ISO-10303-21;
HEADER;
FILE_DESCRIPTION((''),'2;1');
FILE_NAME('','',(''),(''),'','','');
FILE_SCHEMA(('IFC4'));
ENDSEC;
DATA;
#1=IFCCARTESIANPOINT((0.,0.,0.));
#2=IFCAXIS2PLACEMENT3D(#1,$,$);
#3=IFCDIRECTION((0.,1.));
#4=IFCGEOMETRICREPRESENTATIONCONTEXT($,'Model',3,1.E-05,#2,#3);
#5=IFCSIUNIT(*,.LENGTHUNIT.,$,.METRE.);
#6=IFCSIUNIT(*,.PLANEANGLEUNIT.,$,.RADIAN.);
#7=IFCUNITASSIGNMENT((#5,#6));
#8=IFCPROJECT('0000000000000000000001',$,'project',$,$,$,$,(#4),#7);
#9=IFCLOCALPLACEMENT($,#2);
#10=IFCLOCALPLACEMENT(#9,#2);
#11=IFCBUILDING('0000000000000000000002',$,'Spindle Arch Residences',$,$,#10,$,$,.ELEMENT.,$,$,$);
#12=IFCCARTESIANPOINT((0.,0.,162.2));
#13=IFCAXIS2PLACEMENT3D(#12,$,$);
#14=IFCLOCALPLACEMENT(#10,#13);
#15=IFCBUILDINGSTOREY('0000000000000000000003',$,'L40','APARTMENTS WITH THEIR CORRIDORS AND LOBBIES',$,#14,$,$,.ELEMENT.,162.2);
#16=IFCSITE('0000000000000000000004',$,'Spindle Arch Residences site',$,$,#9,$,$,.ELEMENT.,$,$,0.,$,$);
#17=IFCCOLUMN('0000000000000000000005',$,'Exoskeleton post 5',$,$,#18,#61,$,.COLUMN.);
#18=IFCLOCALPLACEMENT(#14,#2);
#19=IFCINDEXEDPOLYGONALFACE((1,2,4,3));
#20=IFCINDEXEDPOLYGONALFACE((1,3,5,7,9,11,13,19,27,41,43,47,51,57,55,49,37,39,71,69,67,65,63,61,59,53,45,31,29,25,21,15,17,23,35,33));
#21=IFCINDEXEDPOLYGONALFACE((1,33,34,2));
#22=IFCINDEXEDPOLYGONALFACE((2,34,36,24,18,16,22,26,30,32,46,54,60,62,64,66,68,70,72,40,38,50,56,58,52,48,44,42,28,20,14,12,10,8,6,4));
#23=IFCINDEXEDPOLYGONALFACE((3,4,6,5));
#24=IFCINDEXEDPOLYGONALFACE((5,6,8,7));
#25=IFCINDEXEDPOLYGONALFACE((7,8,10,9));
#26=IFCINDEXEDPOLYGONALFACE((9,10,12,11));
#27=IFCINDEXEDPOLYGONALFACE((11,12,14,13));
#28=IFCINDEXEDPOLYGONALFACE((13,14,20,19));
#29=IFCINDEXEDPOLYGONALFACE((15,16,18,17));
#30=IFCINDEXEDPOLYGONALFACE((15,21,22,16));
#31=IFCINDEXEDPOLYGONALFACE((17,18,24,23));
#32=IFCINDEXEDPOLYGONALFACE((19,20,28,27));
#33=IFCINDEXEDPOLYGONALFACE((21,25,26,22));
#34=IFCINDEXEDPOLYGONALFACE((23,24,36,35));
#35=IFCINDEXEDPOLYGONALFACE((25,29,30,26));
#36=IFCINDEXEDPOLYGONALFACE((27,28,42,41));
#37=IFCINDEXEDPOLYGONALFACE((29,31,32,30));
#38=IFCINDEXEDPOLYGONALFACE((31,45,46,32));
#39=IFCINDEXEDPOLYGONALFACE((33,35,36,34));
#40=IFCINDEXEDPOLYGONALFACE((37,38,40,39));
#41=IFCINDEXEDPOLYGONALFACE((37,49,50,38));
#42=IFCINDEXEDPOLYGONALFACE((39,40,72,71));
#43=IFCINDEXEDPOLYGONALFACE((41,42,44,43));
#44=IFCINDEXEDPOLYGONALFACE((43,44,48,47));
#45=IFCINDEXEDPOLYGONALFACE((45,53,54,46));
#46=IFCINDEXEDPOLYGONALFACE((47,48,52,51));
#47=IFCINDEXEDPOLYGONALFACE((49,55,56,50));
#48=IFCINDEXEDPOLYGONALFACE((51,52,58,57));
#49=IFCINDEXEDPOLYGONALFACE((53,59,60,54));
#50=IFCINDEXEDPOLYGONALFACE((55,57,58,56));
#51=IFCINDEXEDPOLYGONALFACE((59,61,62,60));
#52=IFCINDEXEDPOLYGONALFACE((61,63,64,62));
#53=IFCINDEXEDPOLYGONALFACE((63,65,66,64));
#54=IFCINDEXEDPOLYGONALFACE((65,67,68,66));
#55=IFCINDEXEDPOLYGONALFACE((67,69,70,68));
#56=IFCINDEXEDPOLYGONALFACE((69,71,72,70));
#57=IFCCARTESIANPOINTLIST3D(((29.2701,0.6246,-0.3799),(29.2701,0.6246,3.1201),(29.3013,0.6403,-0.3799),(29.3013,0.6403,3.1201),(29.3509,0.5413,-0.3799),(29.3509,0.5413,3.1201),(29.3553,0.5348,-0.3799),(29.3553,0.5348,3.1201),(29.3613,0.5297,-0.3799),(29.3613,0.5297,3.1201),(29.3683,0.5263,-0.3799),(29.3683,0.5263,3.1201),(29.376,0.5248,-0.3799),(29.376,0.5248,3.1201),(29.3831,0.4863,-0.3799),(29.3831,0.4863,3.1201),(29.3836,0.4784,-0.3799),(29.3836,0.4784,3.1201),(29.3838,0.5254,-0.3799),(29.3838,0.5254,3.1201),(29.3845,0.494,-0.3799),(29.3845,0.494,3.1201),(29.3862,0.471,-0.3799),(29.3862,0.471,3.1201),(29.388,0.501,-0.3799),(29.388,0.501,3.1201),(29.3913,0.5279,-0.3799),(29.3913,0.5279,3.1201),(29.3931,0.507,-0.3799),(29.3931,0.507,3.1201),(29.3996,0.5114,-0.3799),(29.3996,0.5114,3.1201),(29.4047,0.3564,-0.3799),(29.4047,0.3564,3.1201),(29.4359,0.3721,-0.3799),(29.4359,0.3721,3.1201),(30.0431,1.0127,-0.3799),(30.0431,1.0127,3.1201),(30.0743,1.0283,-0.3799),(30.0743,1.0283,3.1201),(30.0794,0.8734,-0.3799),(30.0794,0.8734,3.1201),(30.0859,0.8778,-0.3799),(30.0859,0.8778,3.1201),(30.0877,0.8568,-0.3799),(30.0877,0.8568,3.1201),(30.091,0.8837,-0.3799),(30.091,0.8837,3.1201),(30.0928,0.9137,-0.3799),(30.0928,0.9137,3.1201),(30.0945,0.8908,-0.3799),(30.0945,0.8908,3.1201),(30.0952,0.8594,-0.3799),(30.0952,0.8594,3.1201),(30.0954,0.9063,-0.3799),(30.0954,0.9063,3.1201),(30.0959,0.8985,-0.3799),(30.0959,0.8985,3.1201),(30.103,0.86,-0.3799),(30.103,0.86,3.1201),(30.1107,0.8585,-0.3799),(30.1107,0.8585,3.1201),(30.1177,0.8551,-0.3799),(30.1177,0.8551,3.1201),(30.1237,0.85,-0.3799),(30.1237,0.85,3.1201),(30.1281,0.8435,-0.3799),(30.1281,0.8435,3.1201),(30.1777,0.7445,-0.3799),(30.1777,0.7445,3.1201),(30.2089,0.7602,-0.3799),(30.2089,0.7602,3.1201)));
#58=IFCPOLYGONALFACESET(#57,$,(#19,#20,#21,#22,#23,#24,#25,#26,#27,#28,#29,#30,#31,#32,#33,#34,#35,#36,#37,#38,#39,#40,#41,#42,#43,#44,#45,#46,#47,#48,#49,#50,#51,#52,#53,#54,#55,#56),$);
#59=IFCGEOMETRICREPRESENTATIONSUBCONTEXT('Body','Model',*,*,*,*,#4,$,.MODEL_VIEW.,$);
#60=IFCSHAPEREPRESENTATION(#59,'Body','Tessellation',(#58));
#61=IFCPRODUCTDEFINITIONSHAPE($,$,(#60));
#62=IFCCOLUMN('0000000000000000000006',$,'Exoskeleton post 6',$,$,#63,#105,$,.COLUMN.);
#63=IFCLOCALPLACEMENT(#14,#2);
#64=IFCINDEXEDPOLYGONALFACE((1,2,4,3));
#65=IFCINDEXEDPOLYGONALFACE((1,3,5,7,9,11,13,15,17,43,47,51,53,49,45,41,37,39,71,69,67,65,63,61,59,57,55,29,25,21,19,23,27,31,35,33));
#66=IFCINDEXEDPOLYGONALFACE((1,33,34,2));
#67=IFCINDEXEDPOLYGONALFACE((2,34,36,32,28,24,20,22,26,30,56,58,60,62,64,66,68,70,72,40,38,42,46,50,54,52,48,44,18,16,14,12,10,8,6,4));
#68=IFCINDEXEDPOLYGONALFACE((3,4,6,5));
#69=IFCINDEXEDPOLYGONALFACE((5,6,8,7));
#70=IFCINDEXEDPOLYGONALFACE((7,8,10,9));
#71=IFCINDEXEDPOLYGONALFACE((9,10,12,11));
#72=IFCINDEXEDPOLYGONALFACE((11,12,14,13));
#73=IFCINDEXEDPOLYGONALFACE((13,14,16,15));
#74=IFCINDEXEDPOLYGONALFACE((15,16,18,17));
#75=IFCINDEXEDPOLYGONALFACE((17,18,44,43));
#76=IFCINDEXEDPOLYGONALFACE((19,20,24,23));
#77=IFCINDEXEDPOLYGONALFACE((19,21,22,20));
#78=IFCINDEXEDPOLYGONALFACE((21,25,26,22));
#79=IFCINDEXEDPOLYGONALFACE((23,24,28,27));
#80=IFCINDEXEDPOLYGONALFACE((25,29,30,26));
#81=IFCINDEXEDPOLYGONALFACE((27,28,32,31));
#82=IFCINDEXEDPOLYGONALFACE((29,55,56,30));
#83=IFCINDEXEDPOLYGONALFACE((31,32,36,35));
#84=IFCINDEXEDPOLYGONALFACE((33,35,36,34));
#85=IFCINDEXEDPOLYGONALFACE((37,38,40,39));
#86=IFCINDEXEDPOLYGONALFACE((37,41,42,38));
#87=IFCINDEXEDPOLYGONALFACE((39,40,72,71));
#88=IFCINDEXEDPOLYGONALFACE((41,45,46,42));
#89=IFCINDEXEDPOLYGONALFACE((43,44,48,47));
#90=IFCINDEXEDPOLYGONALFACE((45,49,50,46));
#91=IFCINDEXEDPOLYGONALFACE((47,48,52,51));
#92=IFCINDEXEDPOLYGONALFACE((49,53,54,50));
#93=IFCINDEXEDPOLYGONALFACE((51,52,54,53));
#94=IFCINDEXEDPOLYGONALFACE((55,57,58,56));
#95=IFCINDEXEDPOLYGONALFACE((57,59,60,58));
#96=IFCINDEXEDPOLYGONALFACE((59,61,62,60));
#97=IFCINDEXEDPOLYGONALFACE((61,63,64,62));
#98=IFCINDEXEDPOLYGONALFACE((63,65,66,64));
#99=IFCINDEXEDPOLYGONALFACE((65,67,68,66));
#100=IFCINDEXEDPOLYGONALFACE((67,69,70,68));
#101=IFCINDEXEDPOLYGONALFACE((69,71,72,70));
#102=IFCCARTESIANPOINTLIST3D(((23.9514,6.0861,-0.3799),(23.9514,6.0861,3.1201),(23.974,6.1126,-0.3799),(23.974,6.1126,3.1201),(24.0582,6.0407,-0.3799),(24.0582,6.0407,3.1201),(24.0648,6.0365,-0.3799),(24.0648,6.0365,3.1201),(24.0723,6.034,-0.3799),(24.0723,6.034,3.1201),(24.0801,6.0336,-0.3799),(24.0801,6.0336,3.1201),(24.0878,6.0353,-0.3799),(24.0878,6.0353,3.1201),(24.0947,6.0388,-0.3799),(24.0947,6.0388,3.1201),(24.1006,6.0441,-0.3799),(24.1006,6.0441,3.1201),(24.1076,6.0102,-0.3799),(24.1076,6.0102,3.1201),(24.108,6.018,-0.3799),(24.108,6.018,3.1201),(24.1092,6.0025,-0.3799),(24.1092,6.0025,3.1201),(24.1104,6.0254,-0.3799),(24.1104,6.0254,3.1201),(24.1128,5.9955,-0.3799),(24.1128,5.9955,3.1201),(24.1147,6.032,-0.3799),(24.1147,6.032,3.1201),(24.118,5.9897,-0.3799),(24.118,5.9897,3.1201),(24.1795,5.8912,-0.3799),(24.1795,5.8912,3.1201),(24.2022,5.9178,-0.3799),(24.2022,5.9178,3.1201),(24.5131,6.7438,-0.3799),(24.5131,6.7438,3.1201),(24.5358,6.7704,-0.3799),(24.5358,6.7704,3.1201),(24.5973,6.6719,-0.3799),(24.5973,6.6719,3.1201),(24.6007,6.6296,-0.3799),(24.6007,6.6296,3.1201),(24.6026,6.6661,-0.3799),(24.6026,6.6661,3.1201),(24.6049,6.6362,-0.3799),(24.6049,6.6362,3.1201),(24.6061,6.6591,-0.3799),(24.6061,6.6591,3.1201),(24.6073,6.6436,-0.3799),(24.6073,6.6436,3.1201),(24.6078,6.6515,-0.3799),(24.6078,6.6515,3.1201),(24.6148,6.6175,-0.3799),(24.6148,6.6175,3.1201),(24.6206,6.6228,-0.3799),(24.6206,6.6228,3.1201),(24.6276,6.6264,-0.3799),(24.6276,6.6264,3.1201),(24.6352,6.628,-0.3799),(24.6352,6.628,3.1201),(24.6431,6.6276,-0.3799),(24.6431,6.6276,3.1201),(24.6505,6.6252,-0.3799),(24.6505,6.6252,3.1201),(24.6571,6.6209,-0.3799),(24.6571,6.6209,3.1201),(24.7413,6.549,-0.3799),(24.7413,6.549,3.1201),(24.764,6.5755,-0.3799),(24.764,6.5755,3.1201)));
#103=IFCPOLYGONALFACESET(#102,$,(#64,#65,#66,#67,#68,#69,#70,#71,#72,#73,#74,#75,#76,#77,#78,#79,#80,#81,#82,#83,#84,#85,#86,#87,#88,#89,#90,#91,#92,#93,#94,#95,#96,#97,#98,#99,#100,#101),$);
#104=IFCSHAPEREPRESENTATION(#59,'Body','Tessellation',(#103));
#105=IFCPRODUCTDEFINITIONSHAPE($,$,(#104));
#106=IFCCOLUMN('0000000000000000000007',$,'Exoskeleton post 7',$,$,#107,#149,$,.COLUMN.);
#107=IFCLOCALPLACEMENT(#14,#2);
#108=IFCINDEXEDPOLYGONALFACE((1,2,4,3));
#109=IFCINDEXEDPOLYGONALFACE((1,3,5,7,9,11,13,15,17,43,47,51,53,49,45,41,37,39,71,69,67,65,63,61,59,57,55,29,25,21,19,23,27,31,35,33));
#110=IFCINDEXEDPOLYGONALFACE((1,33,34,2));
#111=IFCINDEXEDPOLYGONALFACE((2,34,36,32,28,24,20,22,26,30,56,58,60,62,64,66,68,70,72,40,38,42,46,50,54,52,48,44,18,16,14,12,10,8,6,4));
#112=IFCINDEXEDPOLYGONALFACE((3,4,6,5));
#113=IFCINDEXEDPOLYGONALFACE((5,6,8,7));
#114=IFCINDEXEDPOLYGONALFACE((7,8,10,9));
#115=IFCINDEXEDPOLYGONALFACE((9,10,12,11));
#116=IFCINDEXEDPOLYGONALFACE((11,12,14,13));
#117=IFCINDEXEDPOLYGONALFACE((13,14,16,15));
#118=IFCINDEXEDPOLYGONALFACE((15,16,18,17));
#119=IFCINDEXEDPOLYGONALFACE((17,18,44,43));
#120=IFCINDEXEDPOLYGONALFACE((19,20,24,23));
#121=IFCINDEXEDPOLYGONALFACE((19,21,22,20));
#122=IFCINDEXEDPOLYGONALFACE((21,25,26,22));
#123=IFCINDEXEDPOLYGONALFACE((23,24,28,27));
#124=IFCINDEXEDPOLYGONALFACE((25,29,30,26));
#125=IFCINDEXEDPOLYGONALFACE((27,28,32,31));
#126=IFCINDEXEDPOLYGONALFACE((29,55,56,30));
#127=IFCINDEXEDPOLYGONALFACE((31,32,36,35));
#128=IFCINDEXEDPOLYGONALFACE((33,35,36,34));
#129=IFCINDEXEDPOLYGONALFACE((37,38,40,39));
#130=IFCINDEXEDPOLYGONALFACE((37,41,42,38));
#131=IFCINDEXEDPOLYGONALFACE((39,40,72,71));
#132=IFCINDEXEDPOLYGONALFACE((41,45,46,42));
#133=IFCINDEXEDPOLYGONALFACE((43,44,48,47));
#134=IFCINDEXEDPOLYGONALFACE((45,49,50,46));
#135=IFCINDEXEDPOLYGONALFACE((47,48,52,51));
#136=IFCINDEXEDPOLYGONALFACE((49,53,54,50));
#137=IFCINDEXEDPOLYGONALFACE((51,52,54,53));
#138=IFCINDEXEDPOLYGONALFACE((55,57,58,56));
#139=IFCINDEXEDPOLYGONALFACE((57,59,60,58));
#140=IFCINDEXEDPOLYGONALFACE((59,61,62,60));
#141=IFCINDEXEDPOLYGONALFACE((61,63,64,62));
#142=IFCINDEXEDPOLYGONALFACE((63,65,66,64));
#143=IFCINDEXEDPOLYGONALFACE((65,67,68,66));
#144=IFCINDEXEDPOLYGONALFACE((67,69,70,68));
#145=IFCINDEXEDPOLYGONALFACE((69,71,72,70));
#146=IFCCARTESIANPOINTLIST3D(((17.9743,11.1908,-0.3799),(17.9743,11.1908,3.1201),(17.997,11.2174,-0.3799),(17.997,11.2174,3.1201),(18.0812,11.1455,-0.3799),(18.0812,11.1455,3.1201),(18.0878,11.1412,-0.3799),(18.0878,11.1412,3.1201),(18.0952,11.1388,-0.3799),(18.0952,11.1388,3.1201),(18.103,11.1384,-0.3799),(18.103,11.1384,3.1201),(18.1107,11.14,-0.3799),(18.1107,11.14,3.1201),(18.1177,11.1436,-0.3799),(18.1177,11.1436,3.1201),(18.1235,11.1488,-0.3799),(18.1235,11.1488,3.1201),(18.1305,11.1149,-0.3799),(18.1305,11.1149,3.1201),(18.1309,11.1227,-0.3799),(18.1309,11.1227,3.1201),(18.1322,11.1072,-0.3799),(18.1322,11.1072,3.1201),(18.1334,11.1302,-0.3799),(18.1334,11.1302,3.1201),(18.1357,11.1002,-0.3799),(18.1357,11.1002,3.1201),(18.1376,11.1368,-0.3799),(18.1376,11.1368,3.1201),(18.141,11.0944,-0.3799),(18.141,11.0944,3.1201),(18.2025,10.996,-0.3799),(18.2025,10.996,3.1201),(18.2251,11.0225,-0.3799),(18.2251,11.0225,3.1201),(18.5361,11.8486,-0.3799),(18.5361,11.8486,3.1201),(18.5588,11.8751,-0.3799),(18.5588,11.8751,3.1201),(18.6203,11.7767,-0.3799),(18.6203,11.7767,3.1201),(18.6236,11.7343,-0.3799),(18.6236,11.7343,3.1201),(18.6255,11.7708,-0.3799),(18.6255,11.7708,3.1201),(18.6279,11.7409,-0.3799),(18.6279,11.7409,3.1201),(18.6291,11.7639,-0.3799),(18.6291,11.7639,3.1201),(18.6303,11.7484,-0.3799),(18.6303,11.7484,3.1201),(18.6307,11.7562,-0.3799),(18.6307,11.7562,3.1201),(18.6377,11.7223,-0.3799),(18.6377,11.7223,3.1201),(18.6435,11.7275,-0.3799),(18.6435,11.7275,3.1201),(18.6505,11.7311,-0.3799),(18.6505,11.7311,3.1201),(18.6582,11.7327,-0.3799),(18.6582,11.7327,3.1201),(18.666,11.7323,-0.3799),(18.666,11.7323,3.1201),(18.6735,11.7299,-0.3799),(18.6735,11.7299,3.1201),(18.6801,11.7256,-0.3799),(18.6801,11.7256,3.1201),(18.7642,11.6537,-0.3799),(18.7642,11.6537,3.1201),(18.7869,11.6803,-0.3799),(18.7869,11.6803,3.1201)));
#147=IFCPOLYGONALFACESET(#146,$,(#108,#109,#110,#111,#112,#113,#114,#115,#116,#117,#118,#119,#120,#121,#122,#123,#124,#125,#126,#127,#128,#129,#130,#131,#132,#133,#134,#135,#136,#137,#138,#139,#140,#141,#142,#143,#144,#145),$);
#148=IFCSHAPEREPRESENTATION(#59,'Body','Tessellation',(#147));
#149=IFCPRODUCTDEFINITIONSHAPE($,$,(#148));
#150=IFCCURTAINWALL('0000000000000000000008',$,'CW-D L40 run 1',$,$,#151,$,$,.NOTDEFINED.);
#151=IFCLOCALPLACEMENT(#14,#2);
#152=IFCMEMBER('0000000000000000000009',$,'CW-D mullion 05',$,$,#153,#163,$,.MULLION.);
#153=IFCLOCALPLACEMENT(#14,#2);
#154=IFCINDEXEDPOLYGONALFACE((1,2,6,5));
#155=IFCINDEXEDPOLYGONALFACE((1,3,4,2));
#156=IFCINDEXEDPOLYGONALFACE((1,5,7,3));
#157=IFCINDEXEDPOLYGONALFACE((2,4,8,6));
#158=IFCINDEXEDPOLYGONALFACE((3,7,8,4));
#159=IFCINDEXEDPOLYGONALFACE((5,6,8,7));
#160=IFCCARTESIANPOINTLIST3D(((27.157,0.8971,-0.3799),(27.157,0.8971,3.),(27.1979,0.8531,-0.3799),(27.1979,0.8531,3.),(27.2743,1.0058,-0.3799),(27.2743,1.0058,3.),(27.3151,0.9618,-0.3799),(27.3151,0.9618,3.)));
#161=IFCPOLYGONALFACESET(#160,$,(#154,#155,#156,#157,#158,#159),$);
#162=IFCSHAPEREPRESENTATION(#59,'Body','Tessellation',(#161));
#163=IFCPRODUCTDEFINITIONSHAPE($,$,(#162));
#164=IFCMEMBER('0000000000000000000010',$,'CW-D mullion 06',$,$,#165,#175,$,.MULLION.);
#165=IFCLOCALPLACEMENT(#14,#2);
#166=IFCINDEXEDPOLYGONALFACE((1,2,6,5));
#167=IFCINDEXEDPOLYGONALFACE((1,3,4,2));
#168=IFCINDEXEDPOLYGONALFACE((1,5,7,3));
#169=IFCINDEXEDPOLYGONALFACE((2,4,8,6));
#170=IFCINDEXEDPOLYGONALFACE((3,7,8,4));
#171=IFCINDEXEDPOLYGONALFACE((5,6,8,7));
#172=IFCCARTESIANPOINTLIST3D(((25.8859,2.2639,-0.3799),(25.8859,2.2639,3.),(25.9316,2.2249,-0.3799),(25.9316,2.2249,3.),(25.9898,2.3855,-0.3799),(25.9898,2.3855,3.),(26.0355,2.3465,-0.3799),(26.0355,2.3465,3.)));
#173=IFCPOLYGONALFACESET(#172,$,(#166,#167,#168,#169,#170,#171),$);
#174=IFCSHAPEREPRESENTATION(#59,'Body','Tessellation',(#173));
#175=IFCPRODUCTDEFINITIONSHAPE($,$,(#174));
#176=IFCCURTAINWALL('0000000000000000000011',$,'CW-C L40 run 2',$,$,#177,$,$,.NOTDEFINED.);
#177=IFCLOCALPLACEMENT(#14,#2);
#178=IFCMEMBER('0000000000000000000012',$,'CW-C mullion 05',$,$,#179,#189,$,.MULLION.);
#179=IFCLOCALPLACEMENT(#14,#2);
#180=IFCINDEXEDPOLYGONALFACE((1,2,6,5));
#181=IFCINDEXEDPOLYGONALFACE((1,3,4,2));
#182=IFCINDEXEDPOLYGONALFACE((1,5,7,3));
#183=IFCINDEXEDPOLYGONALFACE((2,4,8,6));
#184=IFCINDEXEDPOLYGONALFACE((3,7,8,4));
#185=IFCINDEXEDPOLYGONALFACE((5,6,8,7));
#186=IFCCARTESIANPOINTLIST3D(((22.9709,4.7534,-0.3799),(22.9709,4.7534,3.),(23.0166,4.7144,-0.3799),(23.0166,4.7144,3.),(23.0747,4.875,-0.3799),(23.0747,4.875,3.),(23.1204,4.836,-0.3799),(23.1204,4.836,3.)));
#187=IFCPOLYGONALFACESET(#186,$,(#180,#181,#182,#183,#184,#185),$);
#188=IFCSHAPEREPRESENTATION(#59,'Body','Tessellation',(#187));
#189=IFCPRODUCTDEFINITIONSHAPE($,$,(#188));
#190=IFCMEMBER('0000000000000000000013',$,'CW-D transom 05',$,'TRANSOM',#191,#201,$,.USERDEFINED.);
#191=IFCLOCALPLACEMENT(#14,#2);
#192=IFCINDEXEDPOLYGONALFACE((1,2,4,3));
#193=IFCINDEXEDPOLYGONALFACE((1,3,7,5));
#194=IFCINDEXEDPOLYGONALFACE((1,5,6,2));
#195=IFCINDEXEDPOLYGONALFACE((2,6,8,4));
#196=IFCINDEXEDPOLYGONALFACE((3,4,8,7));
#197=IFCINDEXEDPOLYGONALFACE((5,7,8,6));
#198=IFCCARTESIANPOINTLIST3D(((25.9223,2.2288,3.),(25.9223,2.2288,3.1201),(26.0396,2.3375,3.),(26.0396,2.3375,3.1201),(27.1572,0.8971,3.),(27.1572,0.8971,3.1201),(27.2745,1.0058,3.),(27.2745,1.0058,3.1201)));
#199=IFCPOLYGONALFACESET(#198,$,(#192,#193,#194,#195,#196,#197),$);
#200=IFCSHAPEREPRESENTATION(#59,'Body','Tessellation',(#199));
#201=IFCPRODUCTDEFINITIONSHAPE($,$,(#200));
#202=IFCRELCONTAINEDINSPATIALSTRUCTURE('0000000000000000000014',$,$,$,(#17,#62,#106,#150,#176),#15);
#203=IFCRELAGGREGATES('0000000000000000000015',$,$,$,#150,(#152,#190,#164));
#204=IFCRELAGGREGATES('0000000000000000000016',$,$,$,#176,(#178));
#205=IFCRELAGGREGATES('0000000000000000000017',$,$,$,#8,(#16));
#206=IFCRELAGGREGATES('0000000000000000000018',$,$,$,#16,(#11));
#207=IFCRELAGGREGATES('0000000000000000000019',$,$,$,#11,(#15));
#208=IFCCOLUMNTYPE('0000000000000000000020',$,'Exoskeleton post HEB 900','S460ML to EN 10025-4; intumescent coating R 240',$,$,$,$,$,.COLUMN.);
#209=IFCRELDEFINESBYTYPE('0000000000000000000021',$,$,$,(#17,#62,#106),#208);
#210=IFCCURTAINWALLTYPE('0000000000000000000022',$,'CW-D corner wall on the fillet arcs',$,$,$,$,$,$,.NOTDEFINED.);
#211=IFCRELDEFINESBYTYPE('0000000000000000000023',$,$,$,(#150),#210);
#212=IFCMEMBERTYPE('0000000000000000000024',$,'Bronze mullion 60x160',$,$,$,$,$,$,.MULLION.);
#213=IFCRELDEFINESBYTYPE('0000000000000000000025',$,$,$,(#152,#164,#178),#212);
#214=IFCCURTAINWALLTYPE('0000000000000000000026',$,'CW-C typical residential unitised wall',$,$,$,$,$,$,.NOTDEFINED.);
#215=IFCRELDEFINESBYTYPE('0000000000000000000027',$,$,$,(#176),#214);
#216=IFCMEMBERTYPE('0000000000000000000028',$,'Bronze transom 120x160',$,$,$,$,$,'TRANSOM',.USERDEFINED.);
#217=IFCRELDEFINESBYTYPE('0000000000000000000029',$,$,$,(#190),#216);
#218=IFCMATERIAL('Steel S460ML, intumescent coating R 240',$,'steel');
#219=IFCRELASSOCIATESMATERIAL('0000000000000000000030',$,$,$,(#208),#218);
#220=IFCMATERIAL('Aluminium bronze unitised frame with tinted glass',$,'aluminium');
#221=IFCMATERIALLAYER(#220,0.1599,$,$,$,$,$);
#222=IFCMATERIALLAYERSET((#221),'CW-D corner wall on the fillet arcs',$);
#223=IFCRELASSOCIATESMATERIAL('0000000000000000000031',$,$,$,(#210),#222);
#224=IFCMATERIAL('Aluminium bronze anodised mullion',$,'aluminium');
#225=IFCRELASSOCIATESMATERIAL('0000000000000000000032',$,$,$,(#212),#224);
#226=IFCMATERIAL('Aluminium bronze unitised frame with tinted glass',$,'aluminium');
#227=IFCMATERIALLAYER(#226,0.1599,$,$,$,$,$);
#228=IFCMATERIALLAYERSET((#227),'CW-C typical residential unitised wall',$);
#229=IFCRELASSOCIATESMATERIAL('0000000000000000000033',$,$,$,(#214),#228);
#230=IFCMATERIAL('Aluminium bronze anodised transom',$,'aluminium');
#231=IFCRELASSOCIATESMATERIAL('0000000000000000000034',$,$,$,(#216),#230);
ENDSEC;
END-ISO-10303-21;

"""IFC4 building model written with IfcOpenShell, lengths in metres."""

from ifc_helpers import new_model, si_unit, direction, frame, origin, origin_2d, place, context, subcontext, project, spatial, rectangle, i_section, extrude, material, layer, layer_set, material_profile, profile_set, type_object, element, aggregate, save


model = new_model("IFC4")

# Units and contexts
model_context = context("Model", 3, precision=1e-05, world=origin(), true_north=direction((0.0, 1.0)))
body_context = subcontext(model_context, "Body", "Model", "MODEL_VIEW")
ifc_project = project(units=[si_unit("LENGTHUNIT", "METRE"), si_unit("PLANEANGLEUNIT", "RADIAN")], contexts=[model_context])

# Site, building, storey
site_placement = place(None, origin())
site = spatial("IfcSite", under=ifc_project, at=site_placement, Name="Spindle Arch Residences site", CompositionType="ELEMENT", RefElevation=0.0)
building_placement = place(site_placement, origin())
building = spatial("IfcBuilding", under=site, at=building_placement, Name="Spindle Arch Residences", CompositionType="ELEMENT")
storey_placement = place(building_placement, frame((0.0, 0.0, 162.2)))
storey = spatial("IfcBuildingStorey", under=building, at=storey_placement, Name="L40", Description="APARTMENTS WITH THEIR CORRIDORS AND LOBBIES", CompositionType="ELEMENT", Elevation=162.2)

# Columns
ifc_material_1 = material(Name="Steel S460ML, intumescent coating R 240", Category="steel")
ifc_material_profile_1 = material_profile(ifc_material_1, i_section(OverallWidth=0.3, OverallDepth=0.8999, WebThickness=0.0186, FlangeThickness=0.0349, FilletRadius=0.03, at=origin_2d()), Name="HEB 900")
ifc_profile_set_1 = profile_set([ifc_material_profile_1], Name="Steel S460ML, intumescent coating R 240")
column_type = type_object("IfcColumnType", Name="Exoskeleton post HEB 900", Description="S460ML to EN 10025-4; intumescent coating R 240", PredefinedType="COLUMN", material=ifc_profile_set_1)
for number, where, z_axis, x_axis, name in (
    (1, (29.7395, 0.6924, -0.3799), (0.0, 0.0, 1.0), (0.448657, -0.893704, 0.0), "Exoskeleton post 5"),
    (2, (24.3577, 6.3308, -0.3799), (0.0, 0.0, 1.0), (0.760406, -0.649448, 0.0), "Exoskeleton post 6"),
    (3, (18.3806, 11.4355, -0.3799), (0.0, 0.0, 1.0), (0.760406, -0.649448, 0.0), "Exoskeleton post 7"),
):
    element("IfcColumn", number, at=place(storey_placement, frame(where, z_axis=z_axis, x_axis=x_axis)), inside=storey, type_object=column_type, Name=name, PredefinedType="COLUMN", context=body_context, shape_type="SweptSolid", body=[
        extrude(i_section(OverallWidth=0.3, OverallDepth=0.8999, WebThickness=0.0186, FlangeThickness=0.0349, FilletRadius=0.03, at=origin_2d()), origin(), (0.0, 0.0, 1.0), 3.5),
    ])

# Curtain wall, members
ifc_material_2 = material(Name="Aluminium bronze unitised frame with tinted glass", Category="aluminium")
ifc_layer_1 = layer(ifc_material_2, 0.1599)
ifc_layer_set_1 = layer_set([ifc_layer_1], Name="CW-D corner wall on the fillet arcs")
curtain_wall_type_1 = type_object("IfcCurtainWallType", Name="CW-D corner wall on the fillet arcs", PredefinedType="NOTDEFINED", material=ifc_layer_set_1)
curtain_wall_1_placement = place(storey_placement, origin())
curtain_wall_1 = element("IfcCurtainWall", 4, at=curtain_wall_1_placement, inside=storey, type_object=curtain_wall_type_1, Name="CW-D L40 run 1", PredefinedType="NOTDEFINED")
ifc_material_3 = material(Name="Aluminium bronze anodised mullion", Category="aluminium")
ifc_material_profile_2 = material_profile(ifc_material_3, rectangle(XDim=0.1599, YDim=0.0601, at=origin_2d()), Name="MU 60x160")
ifc_profile_set_2 = profile_set([ifc_material_profile_2], Name="Aluminium bronze anodised mullion")
member_type_1 = type_object("IfcMemberType", Name="Bronze mullion 60x160", PredefinedType="MULLION", material=ifc_profile_set_2)
member_1_placement = place(storey_placement, frame((27.2361, 0.9294, -0.3799), z_axis=(0.0, 0.0, 1.0), x_axis=(-0.733334, -0.679868, 0.0)))
member_1 = element("IfcMember", 5, at=member_1_placement, type_object=member_type_1, Name="CW-D mullion 05", PredefinedType="MULLION", context=body_context, shape_type="SweptSolid", body=[
    extrude(rectangle(XDim=0.1599, YDim=0.0601, at=origin_2d()), origin(), (0.0, 0.0, 1.0), 3.3799),
])
member_2_placement = place(storey_placement, frame((25.9607, 2.3052, -0.3799), z_axis=(0.0, 0.0, 1.0), x_axis=(-0.649448, -0.760406, 0.0)))
member_2 = element("IfcMember", 6, at=member_2_placement, type_object=member_type_1, Name="CW-D mullion 06", PredefinedType="MULLION", context=body_context, shape_type="SweptSolid", body=[
    extrude(rectangle(XDim=0.1599, YDim=0.0601, at=origin_2d()), origin(), (0.0, 0.0, 1.0), 3.3799),
])

# Curtain wall, member
ifc_material_4 = material(Name="Aluminium bronze unitised frame with tinted glass", Category="aluminium")
ifc_layer_2 = layer(ifc_material_4, 0.1599)
ifc_layer_set_2 = layer_set([ifc_layer_2], Name="CW-C typical residential unitised wall")
curtain_wall_type_2 = type_object("IfcCurtainWallType", Name="CW-C typical residential unitised wall", PredefinedType="NOTDEFINED", material=ifc_layer_set_2)
curtain_wall_2_placement = place(storey_placement, origin())
curtain_wall_2 = element("IfcCurtainWall", 7, at=curtain_wall_2_placement, inside=storey, type_object=curtain_wall_type_2, Name="CW-C L40 run 2", PredefinedType="NOTDEFINED")
member_3_placement = place(storey_placement, frame((23.0457, 4.7947, -0.3799), z_axis=(0.0, 0.0, 1.0), x_axis=(-0.649448, -0.760406, 0.0)))
member_3 = element("IfcMember", 8, at=member_3_placement, type_object=member_type_1, Name="CW-C mullion 05", PredefinedType="MULLION", context=body_context, shape_type="SweptSolid", body=[
    extrude(rectangle(XDim=0.1599, YDim=0.0601, at=origin_2d()), origin(), (0.0, 0.0, 1.0), 3.3799),
])

# Member
ifc_material_5 = material(Name="Aluminium bronze anodised transom", Category="aluminium")
ifc_material_profile_3 = material_profile(ifc_material_5, rectangle(XDim=0.1599, YDim=0.1201, at=origin_2d()), Name="TR 120x160")
ifc_profile_set_3 = profile_set([ifc_material_profile_3], Name="Aluminium bronze anodised transom")
member_type_2 = type_object("IfcMemberType", Name="Bronze transom 120x160", ElementType="TRANSOM", PredefinedType="USERDEFINED", material=ifc_profile_set_3)
member_4_placement = place(storey_placement, frame((27.2158, 0.9514, 3.0601), z_axis=(-0.67992, 0.733286, 0.0), x_axis=(-0.733286, -0.67992, 0.0)))
member_4 = element("IfcMember", 9, at=member_4_placement, type_object=member_type_2, Name="CW-D transom 05", ObjectType="TRANSOM", PredefinedType="USERDEFINED", context=body_context, shape_type="SweptSolid", body=[
    extrude(rectangle(XDim=0.1599, YDim=0.1201, at=origin_2d()), origin(), (0.0, 0.0, 1.0), 1.8162),
])

aggregate(curtain_wall_1, [member_1, member_4, member_2])
aggregate(curtain_wall_2, [member_3])

save(model, "model.ifc")
